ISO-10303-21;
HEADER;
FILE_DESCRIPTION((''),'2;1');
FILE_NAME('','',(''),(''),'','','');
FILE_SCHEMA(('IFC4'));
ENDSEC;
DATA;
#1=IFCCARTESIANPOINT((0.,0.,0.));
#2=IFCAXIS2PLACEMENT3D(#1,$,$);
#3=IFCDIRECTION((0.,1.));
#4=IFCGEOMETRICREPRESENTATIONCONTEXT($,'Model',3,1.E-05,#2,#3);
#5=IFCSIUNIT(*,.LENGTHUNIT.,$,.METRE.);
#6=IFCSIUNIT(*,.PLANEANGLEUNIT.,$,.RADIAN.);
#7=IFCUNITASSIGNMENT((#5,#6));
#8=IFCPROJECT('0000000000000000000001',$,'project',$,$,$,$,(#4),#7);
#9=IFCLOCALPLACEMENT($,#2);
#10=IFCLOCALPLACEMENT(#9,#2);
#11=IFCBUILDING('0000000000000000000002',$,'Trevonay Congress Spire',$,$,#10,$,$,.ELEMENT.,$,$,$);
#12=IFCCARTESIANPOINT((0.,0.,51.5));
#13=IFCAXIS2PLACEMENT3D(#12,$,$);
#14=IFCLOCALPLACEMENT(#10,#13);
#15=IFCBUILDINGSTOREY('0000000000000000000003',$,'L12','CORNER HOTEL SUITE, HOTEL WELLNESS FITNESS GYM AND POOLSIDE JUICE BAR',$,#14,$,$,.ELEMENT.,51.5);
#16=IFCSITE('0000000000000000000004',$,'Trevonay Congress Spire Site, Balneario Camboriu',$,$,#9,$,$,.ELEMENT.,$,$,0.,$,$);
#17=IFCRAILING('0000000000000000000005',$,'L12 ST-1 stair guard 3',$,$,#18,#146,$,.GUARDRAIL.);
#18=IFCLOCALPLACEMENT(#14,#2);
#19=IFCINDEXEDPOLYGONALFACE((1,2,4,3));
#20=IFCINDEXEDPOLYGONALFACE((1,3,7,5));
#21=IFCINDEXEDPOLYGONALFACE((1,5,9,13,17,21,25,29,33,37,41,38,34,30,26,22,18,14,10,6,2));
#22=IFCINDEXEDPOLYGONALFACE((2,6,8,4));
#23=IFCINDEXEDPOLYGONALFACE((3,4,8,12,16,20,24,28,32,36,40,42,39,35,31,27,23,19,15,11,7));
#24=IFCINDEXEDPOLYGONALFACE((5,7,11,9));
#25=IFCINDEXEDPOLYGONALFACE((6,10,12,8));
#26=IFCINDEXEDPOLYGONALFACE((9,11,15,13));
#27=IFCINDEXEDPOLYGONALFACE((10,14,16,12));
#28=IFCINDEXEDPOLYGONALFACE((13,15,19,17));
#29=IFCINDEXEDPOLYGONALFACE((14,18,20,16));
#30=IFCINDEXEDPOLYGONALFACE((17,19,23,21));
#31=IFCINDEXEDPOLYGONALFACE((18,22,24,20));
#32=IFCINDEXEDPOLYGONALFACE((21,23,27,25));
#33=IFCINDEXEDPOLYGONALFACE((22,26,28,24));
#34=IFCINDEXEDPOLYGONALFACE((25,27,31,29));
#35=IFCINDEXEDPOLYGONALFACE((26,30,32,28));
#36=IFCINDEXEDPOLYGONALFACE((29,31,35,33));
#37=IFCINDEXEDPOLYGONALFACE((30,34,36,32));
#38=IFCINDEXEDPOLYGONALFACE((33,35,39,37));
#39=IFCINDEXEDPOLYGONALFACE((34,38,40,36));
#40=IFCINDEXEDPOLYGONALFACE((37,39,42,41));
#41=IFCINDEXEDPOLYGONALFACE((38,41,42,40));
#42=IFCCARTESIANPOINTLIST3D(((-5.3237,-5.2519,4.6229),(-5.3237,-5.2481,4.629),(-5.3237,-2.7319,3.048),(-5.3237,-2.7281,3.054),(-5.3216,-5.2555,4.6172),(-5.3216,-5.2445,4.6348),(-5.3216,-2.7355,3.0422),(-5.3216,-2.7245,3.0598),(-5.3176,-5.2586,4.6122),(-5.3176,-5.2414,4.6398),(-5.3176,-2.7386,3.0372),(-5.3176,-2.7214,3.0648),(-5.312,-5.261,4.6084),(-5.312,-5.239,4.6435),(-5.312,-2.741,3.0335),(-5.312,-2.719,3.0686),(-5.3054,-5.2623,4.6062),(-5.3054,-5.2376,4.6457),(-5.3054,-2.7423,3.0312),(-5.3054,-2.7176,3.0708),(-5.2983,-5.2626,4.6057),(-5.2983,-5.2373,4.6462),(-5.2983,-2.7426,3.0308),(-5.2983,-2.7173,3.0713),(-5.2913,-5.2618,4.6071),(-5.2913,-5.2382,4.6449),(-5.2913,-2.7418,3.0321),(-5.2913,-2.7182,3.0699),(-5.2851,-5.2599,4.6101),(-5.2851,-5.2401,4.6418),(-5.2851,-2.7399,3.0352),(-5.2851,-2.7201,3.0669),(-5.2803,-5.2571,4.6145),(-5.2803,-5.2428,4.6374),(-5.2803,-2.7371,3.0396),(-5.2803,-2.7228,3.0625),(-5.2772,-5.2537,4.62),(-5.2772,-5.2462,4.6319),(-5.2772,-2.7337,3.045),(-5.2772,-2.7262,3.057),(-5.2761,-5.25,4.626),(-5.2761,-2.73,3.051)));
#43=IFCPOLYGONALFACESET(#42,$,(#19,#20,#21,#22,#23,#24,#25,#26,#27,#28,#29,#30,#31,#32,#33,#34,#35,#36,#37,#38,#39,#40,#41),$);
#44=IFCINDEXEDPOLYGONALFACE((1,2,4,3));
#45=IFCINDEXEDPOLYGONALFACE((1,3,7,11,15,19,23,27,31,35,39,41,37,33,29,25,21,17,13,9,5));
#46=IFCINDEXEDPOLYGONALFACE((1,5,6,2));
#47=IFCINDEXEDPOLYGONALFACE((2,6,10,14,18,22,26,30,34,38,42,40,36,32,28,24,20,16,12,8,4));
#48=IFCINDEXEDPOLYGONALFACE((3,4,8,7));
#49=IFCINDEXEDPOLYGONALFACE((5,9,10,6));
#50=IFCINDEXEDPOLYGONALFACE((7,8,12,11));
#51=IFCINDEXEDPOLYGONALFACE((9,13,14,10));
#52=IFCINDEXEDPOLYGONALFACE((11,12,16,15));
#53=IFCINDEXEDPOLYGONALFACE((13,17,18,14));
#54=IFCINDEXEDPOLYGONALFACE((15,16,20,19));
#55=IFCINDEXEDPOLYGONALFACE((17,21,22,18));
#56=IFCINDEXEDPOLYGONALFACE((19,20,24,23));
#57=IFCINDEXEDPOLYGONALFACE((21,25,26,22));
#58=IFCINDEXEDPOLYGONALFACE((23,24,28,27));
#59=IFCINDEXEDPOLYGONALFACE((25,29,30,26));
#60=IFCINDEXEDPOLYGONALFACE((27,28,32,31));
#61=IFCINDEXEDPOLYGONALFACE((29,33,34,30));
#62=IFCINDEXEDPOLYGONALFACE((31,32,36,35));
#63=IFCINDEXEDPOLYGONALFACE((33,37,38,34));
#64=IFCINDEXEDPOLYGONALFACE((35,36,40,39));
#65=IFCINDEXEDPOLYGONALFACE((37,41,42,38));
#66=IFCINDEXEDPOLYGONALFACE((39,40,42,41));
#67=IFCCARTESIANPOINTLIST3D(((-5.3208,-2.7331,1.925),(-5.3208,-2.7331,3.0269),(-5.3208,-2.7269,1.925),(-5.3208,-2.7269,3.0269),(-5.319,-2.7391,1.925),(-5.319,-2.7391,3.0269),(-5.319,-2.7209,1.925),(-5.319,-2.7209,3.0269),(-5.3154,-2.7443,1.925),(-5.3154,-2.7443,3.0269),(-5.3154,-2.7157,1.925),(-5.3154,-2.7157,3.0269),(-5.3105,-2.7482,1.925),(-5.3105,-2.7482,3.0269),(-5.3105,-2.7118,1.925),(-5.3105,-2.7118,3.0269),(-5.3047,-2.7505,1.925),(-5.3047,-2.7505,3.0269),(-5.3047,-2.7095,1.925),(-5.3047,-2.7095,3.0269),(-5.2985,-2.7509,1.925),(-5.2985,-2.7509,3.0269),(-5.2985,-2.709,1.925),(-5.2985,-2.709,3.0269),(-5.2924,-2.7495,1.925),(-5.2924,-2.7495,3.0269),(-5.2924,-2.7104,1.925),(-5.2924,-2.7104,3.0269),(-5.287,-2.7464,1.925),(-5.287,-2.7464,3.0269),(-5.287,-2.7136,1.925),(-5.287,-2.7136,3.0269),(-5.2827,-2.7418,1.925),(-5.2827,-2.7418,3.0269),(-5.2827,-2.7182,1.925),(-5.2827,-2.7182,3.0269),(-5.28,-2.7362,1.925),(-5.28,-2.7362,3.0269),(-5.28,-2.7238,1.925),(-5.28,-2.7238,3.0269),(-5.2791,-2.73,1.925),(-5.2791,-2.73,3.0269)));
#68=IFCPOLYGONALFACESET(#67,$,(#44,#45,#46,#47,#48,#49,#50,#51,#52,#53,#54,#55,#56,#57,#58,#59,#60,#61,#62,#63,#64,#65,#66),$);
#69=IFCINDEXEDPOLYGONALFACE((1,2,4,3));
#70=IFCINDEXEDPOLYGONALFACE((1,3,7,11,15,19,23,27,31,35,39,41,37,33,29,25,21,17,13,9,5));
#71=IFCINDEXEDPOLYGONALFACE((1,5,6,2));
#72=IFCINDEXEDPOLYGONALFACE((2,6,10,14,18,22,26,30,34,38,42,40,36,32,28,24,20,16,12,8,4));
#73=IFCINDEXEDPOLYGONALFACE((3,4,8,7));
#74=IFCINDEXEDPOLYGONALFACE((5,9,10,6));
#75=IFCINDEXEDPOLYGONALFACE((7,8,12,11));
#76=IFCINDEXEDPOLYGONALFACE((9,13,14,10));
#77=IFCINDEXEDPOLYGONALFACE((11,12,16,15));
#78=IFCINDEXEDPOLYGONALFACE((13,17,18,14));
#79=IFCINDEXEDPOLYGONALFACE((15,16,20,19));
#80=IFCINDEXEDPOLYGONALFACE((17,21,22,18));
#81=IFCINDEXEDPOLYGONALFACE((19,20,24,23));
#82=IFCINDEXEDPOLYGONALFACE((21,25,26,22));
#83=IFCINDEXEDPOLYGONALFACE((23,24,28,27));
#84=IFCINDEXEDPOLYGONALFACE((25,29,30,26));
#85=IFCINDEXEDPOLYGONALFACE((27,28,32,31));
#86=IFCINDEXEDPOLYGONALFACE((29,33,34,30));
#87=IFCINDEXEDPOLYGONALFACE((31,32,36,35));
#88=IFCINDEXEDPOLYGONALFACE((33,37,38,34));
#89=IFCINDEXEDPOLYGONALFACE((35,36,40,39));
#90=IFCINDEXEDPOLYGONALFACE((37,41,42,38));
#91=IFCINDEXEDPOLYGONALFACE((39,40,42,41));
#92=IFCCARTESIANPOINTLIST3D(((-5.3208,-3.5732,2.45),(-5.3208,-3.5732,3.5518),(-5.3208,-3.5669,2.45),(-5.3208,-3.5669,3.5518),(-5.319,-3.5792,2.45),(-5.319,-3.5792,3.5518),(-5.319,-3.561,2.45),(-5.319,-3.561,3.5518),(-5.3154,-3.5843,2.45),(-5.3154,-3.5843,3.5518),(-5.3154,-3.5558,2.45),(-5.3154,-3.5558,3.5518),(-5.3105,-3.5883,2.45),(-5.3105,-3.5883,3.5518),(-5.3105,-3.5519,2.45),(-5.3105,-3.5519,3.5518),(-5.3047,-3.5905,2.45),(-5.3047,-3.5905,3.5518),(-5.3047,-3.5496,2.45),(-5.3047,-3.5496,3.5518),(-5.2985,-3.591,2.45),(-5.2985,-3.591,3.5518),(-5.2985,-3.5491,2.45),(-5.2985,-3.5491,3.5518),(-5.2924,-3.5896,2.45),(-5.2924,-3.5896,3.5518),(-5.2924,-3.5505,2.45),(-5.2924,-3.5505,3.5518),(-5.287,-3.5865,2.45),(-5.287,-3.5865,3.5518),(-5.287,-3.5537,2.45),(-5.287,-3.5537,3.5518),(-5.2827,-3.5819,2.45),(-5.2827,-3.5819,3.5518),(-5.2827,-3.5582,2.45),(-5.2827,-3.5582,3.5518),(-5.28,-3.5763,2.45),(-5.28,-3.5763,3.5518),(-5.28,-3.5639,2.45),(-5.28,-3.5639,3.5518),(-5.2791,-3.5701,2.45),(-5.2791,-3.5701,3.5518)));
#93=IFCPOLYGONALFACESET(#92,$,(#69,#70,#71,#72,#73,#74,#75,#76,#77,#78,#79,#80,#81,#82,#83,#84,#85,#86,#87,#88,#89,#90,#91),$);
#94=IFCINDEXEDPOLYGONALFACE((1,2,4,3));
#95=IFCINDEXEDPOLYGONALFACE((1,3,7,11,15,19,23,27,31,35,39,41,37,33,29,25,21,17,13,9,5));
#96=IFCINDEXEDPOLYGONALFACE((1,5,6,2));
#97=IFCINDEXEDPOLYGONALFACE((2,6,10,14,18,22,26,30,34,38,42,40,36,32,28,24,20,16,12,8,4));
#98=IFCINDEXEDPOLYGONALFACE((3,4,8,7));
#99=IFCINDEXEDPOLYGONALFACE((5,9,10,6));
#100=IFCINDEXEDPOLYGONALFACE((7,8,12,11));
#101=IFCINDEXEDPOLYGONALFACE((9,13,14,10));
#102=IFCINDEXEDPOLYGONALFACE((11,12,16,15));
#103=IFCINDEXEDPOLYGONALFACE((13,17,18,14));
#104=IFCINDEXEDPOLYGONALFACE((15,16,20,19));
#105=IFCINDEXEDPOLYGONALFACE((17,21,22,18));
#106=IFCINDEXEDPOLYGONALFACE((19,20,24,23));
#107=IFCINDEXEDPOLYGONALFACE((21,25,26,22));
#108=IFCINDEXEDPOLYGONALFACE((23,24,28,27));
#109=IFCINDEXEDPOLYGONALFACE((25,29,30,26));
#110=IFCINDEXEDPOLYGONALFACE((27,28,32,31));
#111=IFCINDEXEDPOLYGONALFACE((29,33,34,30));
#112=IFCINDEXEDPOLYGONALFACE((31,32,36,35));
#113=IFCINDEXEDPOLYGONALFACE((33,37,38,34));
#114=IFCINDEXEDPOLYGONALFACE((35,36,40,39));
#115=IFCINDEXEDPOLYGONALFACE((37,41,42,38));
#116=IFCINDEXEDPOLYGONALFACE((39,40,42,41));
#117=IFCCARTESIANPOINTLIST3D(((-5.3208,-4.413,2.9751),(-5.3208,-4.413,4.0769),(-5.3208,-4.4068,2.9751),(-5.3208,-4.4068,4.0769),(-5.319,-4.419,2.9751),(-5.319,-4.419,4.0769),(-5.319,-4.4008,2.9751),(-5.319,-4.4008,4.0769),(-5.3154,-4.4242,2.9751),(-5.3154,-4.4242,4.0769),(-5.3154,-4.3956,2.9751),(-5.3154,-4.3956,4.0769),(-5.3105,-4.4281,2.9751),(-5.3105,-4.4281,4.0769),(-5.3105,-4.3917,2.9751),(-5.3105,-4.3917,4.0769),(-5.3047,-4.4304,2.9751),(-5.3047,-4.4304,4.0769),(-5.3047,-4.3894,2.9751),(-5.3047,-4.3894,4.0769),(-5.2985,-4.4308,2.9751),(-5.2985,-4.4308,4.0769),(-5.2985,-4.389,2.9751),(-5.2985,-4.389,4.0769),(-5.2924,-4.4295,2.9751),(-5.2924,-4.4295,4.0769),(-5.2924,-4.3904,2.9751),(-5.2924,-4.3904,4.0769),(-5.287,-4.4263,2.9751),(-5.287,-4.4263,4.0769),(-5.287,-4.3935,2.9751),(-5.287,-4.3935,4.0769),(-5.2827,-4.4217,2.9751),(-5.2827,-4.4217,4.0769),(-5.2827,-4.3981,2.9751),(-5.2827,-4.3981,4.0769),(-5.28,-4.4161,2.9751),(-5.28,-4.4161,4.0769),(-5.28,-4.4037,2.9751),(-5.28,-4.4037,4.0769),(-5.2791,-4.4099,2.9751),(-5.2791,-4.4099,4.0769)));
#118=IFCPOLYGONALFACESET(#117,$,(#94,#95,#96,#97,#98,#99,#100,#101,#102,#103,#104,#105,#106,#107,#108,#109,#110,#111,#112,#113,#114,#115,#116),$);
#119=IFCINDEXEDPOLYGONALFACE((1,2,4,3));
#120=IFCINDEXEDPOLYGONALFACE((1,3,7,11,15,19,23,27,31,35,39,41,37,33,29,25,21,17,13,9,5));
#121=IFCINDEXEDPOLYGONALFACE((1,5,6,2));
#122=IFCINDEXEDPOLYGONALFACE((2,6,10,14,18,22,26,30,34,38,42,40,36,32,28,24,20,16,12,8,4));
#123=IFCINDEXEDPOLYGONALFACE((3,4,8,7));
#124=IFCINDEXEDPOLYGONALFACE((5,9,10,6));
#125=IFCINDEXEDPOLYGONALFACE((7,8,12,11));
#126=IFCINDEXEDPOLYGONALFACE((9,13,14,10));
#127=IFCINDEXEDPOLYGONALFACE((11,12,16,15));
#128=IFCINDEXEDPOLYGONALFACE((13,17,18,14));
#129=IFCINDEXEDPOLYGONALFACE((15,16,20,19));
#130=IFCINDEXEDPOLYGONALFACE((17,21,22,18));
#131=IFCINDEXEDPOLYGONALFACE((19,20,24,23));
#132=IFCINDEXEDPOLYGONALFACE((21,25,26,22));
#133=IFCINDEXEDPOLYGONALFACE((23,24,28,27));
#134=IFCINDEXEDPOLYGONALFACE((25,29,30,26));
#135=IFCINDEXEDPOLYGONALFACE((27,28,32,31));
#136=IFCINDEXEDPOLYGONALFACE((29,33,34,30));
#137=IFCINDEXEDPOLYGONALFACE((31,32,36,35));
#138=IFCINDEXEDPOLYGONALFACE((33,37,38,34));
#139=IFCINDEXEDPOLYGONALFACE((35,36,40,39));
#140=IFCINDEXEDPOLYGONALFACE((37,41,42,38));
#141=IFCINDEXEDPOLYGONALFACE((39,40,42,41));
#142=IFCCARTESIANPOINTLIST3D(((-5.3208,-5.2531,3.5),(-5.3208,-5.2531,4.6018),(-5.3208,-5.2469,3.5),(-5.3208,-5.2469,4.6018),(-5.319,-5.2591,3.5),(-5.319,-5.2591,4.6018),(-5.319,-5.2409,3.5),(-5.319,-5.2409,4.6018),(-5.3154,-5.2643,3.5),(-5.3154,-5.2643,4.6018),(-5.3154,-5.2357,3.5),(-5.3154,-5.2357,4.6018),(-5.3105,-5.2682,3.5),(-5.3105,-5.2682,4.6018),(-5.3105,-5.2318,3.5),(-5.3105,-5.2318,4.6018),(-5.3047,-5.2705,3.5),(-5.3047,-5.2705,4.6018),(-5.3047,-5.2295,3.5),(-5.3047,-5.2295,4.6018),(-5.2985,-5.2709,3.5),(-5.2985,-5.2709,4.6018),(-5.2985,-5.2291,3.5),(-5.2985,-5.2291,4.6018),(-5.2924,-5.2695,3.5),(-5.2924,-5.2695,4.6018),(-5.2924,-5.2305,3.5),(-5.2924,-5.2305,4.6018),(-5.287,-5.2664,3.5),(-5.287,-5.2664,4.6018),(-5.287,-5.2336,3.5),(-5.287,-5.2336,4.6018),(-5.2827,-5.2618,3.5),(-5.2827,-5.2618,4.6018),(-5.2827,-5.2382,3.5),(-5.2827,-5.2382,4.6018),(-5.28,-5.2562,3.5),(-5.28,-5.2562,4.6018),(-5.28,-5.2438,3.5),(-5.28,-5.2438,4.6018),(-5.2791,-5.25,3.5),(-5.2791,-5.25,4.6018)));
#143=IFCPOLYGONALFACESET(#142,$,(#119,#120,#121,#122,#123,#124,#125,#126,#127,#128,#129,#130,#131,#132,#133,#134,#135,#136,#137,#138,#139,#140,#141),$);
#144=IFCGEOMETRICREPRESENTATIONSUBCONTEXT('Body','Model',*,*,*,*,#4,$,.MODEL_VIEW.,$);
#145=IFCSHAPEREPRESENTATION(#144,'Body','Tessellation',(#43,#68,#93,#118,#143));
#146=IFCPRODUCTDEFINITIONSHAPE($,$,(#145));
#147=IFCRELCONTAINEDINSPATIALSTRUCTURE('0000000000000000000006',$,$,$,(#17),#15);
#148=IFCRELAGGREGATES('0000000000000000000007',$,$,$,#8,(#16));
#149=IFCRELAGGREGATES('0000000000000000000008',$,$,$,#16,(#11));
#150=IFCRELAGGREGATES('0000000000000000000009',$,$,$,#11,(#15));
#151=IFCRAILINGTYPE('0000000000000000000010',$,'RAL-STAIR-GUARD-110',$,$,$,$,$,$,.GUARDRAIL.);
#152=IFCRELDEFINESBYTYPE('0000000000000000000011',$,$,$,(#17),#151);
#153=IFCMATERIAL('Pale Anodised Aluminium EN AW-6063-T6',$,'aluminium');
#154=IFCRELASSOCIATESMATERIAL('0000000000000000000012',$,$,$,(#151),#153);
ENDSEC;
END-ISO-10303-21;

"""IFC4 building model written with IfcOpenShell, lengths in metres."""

from ifc_helpers import new_model, si_unit, direction, frame, origin, origin_2d, place, context, subcontext, project, spatial, circle, extrude, material, type_object, element, save


model = new_model("IFC4")

# Units and contexts
model_context = context("Model", 3, precision=1e-05, world=origin(), true_north=direction((0.0, 1.0)))
body_context = subcontext(model_context, "Body", "Model", "MODEL_VIEW")
ifc_project = project(units=[si_unit("LENGTHUNIT", "METRE"), si_unit("PLANEANGLEUNIT", "RADIAN")], contexts=[model_context])

# Site, building, storey
site_placement = place(None, origin())
site = spatial("IfcSite", under=ifc_project, at=site_placement, Name="Trevonay Congress Spire Site, Balneario Camboriu", CompositionType="ELEMENT", RefElevation=0.0)
building_placement = place(site_placement, origin())
building = spatial("IfcBuilding", under=site, at=building_placement, Name="Trevonay Congress Spire", CompositionType="ELEMENT")
storey_placement = place(building_placement, frame((0.0, 0.0, 51.5)))
storey = spatial("IfcBuildingStorey", under=building, at=storey_placement, Name="L12", Description="CORNER HOTEL SUITE, HOTEL WELLNESS FITNESS GYM AND POOLSIDE JUICE BAR", CompositionType="ELEMENT", Elevation=51.5)

# Shared definitions
ifc_material_1 = material(Name="Pale Anodised Aluminium EN AW-6063-T6", Category="aluminium")

# Railing
railing_type_1 = type_object("IfcRailingType", Name="RAL-STAIR-GUARD-110", PredefinedType="GUARDRAIL", material=ifc_material_1)
railing_1_placement = place(storey_placement, frame((-5.3, -2.73, 1.925)))
element("IfcRailing", 1, at=railing_1_placement, inside=storey, type_object=railing_type_1, Name="L12 ST-1 stair guard 3", PredefinedType="GUARDRAIL", context=body_context, shape_type="SweptSolid", body=[
    extrude(circle(Radius=0.0239, at=origin_2d()), frame((0.0, 0.0, 1.126), z_axis=(0.0, -0.848008, 0.529984), x_axis=(1.0, 0.0, 0.0)), (0.0, 0.0, 1.0), 2.9717),
    extrude(circle(Radius=0.021, at=origin_2d()), origin(), (0.0, 0.0, 1.0), 1.1018),
    extrude(circle(Radius=0.021, at=origin_2d()), frame((0.0, -0.8401, 0.5249)), (0.0, 0.0, 1.0), 1.1018),
    extrude(circle(Radius=0.021, at=origin_2d()), frame((0.0, -1.6799, 1.05)), (0.0, 0.0, 1.0), 1.1018),
    extrude(circle(Radius=0.021, at=origin_2d()), frame((0.0, -2.52, 1.575)), (0.0, 0.0, 1.0), 1.1018),
])

save(model, "model.ifc")
